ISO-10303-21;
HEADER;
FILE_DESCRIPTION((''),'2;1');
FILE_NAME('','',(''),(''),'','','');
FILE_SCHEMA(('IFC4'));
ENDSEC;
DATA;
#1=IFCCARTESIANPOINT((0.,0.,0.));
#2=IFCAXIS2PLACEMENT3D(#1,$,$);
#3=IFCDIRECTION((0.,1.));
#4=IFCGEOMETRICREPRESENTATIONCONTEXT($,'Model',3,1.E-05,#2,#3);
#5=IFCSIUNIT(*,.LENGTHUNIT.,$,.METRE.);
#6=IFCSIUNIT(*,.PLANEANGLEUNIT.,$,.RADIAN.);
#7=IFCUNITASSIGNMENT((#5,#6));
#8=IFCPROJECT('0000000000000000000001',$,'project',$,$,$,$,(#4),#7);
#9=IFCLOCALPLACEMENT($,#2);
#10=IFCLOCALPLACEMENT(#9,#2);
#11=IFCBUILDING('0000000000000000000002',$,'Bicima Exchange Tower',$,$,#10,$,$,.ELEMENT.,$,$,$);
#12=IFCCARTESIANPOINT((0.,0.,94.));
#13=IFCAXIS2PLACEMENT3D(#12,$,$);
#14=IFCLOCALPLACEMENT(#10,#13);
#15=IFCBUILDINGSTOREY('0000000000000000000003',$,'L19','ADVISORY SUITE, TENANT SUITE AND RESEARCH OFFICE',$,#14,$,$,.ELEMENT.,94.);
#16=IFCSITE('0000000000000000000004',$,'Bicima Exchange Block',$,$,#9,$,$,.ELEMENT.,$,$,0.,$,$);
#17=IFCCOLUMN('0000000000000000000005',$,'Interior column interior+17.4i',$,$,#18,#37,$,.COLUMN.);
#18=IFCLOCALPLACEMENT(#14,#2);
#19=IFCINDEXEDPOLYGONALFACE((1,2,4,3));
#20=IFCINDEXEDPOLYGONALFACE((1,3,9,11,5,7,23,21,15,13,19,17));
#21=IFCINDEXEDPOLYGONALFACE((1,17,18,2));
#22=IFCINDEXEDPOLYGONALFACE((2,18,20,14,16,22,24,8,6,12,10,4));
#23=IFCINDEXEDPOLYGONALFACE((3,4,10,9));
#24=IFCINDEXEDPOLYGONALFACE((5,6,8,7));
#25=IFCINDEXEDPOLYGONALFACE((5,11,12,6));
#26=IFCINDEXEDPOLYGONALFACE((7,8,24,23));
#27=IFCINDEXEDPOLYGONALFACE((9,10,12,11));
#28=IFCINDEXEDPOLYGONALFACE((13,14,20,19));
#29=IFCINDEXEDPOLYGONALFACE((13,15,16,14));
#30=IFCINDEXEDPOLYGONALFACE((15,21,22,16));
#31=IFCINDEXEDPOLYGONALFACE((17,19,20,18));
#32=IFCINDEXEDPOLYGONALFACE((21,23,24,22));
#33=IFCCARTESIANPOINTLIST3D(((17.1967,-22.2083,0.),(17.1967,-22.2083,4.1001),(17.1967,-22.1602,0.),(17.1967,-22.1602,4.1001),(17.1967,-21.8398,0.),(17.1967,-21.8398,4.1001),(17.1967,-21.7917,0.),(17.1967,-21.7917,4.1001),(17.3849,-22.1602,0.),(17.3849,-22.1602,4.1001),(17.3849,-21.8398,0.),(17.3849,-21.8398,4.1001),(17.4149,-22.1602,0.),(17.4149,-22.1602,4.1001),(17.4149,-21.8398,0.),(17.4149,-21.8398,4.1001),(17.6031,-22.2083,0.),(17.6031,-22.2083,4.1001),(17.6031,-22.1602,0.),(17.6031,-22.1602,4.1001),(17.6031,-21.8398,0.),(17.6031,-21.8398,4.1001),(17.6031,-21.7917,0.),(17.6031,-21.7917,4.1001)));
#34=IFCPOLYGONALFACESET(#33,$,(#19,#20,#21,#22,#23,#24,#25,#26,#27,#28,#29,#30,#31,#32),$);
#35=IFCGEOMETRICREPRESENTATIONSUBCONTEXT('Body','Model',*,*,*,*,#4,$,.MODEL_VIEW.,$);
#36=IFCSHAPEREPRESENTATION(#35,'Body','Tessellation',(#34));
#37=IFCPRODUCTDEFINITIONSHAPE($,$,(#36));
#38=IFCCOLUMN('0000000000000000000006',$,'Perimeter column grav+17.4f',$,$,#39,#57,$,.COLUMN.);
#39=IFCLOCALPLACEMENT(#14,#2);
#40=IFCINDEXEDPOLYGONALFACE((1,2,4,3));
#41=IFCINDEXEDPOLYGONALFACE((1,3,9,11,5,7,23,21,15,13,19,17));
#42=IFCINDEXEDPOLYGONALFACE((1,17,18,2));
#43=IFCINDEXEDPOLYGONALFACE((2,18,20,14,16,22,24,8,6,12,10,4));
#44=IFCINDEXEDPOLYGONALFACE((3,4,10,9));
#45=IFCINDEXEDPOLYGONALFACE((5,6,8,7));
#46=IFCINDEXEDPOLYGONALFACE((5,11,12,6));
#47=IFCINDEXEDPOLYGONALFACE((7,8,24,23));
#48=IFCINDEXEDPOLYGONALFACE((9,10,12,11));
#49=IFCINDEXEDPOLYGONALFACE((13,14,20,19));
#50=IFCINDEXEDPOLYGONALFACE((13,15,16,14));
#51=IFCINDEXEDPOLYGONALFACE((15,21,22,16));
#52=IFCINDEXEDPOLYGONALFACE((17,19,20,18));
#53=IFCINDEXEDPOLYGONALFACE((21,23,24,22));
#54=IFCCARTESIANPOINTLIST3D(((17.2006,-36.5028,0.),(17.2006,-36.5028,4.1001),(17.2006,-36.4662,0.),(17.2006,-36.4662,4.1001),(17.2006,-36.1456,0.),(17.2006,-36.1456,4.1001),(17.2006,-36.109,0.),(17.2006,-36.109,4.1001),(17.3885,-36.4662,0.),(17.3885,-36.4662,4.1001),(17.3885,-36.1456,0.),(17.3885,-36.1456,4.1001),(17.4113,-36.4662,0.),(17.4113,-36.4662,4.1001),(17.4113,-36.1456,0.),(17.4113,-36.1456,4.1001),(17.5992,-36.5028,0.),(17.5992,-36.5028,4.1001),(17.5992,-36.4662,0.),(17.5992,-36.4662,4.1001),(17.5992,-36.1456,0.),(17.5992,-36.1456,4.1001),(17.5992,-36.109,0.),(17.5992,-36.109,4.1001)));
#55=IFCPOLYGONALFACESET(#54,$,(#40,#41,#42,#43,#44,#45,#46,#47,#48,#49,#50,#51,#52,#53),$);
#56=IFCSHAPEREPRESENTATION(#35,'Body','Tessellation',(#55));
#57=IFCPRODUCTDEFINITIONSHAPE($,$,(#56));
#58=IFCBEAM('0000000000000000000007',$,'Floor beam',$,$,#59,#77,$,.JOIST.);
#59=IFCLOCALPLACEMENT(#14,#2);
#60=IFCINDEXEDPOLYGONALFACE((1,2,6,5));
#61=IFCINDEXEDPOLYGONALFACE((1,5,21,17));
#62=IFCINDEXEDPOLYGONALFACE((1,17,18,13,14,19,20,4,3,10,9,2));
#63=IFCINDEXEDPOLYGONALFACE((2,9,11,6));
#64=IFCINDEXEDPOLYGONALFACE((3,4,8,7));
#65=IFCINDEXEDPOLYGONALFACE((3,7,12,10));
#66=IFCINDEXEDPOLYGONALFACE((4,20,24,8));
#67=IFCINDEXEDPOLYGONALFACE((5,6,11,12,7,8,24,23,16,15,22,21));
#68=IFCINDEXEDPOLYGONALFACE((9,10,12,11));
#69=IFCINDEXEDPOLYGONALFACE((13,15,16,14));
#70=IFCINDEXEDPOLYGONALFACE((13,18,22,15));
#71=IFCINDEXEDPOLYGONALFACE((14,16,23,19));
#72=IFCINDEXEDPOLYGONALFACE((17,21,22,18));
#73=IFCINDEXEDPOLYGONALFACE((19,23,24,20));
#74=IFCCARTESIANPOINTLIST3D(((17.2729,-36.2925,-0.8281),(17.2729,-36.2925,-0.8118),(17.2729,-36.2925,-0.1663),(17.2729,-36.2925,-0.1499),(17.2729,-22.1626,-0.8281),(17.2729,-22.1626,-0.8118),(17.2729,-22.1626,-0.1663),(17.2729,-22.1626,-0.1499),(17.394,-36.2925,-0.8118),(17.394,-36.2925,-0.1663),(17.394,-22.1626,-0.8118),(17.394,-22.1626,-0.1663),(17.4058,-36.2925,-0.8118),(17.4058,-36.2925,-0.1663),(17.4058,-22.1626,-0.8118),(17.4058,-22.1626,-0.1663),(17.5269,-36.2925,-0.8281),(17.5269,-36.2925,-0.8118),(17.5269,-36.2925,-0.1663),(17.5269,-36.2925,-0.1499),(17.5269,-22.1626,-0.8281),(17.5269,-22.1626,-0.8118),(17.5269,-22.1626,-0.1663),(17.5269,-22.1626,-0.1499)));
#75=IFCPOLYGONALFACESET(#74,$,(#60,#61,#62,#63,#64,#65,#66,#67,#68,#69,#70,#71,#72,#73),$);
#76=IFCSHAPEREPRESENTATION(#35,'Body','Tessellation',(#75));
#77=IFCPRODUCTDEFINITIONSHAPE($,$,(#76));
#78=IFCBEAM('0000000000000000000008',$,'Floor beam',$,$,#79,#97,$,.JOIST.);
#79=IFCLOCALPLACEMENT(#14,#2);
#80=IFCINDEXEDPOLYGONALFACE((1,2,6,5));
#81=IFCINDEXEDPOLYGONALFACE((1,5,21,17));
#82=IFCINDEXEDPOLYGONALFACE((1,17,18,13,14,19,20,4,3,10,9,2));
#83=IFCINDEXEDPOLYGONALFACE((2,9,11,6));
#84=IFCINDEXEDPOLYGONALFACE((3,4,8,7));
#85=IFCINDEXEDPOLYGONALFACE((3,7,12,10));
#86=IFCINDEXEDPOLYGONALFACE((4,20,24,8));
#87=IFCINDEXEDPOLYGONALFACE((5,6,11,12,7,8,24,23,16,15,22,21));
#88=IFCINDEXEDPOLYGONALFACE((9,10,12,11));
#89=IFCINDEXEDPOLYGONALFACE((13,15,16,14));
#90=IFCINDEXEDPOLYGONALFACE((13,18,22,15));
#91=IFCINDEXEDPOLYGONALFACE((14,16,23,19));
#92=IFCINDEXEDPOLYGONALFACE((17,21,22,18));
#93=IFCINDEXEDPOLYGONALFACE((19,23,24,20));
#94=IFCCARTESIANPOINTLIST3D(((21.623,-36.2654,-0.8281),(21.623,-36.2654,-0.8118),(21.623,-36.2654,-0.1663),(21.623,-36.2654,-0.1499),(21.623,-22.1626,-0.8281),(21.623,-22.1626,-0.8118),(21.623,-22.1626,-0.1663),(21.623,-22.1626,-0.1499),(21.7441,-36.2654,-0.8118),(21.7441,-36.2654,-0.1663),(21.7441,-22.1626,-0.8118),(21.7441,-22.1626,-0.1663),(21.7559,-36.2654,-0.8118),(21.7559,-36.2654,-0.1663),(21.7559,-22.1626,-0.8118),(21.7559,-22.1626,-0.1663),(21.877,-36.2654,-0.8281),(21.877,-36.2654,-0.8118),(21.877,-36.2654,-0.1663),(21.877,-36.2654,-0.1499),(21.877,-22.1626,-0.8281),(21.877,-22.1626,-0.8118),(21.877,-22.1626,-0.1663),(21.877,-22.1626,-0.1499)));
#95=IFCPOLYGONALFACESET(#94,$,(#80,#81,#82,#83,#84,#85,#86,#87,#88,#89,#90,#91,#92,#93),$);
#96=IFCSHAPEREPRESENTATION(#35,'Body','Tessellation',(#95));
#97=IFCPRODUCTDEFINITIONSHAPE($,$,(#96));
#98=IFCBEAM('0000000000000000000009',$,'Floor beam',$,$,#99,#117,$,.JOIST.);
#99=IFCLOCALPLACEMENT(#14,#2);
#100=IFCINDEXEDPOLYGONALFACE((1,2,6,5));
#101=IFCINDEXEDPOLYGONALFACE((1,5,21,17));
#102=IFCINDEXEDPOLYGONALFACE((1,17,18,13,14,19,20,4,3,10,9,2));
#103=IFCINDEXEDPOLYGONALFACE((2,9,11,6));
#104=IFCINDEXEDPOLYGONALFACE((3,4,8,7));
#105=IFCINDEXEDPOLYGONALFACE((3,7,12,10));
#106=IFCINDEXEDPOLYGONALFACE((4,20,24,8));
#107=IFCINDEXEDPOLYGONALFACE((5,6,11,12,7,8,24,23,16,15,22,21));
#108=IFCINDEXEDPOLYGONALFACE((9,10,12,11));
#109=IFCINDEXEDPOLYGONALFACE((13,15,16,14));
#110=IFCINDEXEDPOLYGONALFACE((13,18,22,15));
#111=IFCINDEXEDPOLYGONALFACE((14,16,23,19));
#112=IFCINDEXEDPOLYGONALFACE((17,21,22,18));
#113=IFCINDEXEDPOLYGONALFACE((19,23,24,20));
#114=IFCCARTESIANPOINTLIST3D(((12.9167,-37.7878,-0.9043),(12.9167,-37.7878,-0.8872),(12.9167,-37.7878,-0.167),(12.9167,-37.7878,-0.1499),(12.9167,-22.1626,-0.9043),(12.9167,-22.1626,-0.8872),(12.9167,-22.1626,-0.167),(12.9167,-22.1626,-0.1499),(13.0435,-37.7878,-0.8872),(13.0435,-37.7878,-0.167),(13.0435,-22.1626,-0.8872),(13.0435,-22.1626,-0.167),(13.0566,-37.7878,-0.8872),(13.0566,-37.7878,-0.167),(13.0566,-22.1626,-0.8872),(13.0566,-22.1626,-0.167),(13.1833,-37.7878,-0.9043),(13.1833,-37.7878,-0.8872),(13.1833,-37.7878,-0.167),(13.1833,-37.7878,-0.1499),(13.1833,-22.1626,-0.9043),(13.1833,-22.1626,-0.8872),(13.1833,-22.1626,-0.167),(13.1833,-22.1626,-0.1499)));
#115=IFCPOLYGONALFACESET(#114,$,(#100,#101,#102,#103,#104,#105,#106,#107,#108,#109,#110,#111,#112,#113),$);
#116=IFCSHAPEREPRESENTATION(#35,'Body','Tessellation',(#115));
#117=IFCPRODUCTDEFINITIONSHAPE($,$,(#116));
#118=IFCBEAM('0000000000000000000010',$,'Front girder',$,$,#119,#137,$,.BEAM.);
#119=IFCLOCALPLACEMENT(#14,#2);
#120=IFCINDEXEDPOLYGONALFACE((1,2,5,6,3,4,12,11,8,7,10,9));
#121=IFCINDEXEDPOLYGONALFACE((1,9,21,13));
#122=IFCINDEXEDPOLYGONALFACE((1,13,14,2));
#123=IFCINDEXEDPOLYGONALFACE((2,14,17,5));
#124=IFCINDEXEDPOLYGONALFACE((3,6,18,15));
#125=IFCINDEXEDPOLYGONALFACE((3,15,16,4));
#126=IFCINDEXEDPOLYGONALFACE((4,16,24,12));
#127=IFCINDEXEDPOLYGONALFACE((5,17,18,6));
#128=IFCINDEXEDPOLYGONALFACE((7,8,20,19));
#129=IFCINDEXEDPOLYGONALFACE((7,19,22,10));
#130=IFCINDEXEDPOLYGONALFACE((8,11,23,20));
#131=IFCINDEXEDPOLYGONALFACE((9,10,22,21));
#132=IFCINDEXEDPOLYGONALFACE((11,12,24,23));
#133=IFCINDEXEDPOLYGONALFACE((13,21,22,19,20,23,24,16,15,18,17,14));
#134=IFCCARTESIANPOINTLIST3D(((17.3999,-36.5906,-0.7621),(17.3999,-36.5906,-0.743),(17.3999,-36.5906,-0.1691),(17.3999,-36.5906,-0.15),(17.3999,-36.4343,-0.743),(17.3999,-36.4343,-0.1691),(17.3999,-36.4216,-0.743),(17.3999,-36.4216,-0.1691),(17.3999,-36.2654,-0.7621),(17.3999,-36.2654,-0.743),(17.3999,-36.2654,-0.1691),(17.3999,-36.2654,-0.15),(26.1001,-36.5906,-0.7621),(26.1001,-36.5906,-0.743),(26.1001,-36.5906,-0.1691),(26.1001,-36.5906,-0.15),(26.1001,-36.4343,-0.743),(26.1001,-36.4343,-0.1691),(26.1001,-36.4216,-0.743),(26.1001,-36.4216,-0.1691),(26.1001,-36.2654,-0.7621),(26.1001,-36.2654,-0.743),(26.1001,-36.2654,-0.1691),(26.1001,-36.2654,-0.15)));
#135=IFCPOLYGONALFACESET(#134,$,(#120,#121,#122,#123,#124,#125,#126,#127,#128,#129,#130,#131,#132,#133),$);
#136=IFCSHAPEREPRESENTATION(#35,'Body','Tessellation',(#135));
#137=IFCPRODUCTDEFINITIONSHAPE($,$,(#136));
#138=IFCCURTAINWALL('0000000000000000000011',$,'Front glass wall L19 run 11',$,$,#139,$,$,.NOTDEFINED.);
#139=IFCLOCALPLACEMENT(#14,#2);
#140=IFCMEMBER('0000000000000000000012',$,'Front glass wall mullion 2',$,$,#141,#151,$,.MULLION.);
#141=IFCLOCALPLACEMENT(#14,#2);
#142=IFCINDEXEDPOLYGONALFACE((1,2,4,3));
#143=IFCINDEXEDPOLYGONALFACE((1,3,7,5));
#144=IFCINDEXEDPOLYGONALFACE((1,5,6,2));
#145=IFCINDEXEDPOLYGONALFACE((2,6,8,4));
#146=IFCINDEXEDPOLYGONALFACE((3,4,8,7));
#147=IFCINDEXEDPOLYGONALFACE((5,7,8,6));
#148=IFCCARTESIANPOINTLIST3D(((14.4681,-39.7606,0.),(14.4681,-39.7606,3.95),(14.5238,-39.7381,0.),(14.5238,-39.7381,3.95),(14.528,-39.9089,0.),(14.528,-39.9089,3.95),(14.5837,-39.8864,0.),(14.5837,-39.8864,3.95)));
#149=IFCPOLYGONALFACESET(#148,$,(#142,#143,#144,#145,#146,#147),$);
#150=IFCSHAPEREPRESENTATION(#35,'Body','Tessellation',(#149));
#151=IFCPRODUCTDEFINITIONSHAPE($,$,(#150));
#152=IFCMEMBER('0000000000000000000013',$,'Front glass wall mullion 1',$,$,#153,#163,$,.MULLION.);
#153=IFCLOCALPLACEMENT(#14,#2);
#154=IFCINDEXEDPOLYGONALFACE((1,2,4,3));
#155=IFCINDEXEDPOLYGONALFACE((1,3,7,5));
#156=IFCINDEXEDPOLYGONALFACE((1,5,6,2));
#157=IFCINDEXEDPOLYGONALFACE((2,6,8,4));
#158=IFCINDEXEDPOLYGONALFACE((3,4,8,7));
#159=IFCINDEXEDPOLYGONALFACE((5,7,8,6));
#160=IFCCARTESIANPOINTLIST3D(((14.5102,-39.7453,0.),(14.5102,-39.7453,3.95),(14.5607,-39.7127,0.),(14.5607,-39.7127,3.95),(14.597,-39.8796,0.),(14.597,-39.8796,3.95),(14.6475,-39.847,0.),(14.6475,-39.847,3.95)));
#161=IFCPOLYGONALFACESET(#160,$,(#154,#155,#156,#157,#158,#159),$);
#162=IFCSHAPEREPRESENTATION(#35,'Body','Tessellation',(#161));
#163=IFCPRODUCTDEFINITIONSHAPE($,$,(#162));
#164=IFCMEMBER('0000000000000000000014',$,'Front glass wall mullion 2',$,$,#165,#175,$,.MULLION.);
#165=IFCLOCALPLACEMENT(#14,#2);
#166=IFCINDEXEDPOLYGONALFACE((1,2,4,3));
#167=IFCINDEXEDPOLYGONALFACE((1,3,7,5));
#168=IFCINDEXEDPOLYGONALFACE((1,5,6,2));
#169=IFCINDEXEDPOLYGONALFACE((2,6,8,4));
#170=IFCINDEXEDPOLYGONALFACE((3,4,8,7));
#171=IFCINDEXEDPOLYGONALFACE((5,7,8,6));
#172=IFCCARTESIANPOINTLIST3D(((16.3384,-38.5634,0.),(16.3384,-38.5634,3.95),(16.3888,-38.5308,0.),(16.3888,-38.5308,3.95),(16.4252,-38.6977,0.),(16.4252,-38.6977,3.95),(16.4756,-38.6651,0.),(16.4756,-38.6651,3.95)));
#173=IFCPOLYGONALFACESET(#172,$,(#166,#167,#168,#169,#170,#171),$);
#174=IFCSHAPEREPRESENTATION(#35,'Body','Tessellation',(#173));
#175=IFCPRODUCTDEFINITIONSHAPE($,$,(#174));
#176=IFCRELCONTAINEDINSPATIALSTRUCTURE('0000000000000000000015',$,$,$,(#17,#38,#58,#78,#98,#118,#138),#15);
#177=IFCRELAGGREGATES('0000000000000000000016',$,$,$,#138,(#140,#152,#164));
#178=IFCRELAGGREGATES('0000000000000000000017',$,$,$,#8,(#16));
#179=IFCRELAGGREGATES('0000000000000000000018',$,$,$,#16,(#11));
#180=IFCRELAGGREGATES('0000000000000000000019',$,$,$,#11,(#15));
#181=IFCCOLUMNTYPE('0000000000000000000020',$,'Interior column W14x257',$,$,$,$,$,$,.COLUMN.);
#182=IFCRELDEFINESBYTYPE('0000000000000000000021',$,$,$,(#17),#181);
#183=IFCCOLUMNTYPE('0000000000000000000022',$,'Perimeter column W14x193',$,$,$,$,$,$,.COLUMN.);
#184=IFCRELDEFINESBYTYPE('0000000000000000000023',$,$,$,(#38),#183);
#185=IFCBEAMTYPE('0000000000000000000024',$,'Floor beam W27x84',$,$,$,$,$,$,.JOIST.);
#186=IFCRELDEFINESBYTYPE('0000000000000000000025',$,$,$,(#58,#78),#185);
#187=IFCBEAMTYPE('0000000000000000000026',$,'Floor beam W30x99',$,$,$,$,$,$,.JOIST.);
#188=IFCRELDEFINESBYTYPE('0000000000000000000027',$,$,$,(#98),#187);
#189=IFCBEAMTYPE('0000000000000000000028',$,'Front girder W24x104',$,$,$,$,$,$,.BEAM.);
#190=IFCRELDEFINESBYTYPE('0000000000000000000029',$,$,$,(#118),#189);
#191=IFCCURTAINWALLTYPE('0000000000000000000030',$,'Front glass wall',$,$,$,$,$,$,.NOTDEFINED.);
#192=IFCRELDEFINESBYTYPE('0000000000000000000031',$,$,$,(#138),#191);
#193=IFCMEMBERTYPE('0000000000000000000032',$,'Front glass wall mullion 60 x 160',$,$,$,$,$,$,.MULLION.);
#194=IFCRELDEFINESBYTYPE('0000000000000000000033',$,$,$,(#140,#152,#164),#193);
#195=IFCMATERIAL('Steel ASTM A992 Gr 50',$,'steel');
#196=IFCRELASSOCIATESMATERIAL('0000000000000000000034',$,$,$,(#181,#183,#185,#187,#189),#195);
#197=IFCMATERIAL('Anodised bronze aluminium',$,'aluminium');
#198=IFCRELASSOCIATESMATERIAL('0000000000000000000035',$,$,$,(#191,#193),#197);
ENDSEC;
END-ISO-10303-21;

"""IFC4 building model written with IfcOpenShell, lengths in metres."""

from ifc_helpers import new_model, si_unit, direction, frame, origin, origin_2d, place, context, subcontext, project, spatial, rectangle, i_section, extrude, material, material_profile, profile_set, type_object, element, aggregate, save


model = new_model("IFC4")

# Units and contexts
model_context = context("Model", 3, precision=1e-05, world=origin(), true_north=direction((0.0, 1.0)))
body_context = subcontext(model_context, "Body", "Model", "MODEL_VIEW")
ifc_project = project(units=[si_unit("LENGTHUNIT", "METRE"), si_unit("PLANEANGLEUNIT", "RADIAN")], contexts=[model_context])

# Site, building, storey
site_placement = place(None, origin())
site = spatial("IfcSite", under=ifc_project, at=site_placement, Name="Bicima Exchange Block", CompositionType="ELEMENT", RefElevation=0.0)
building_placement = place(site_placement, origin())
building = spatial("IfcBuilding", under=site, at=building_placement, Name="Bicima Exchange Tower", CompositionType="ELEMENT")
storey_placement = place(building_placement, frame((0.0, 0.0, 94.0)))
storey = spatial("IfcBuildingStorey", under=building, at=storey_placement, Name="L19", Description="ADVISORY SUITE, TENANT SUITE AND RESEARCH OFFICE", CompositionType="ELEMENT", Elevation=94.0)

# Columns
ifc_material_1 = material(Name="Steel ASTM A992 Gr 50", Category="steel")
ifc_material_profile_1 = material_profile(ifc_material_1, i_section(OverallWidth=0.4065, OverallDepth=0.4165, WebThickness=0.03, FlangeThickness=0.0481, at=origin_2d()))
ifc_profile_set_1 = profile_set([ifc_material_profile_1], Name="Steel ASTM A992 Gr 50")
column_type_1 = type_object("IfcColumnType", Name="Interior column W14x257", PredefinedType="COLUMN", material=ifc_profile_set_1)
column_1_placement = place(storey_placement, frame((17.3999, -22.0, 0.0), z_axis=(0.0, 0.0, 1.0), x_axis=(1.0, 0.0, 0.0)))
element("IfcColumn", 1, at=column_1_placement, inside=storey, type_object=column_type_1, Name="Interior column interior+17.4i", PredefinedType="COLUMN", context=body_context, shape_type="SweptSolid", body=[
    extrude(i_section(OverallWidth=0.4065, OverallDepth=0.4165, WebThickness=0.03, FlangeThickness=0.0481, at=origin_2d()), origin(), (0.0, 0.0, 1.0), 4.1001),
])
ifc_material_profile_2 = material_profile(ifc_material_1, i_section(OverallWidth=0.3987, OverallDepth=0.3938, WebThickness=0.0227, FlangeThickness=0.0366, at=origin_2d()))
ifc_profile_set_2 = profile_set([ifc_material_profile_2], Name="Steel ASTM A992 Gr 50")
column_type_2 = type_object("IfcColumnType", Name="Perimeter column W14x193", PredefinedType="COLUMN", material=ifc_profile_set_2)
column_2_placement = place(storey_placement, frame((17.3999, -36.3059, 0.0), z_axis=(0.0, 0.0, 1.0), x_axis=(1.0, 0.0, 0.0)))
element("IfcColumn", 2, at=column_2_placement, inside=storey, type_object=column_type_2, Name="Perimeter column grav+17.4f", PredefinedType="COLUMN", context=body_context, shape_type="SweptSolid", body=[
    extrude(i_section(OverallWidth=0.3987, OverallDepth=0.3938, WebThickness=0.0227, FlangeThickness=0.0366, at=origin_2d()), origin(), (0.0, 0.0, 1.0), 4.1001),
])

# Beams
ifc_material_profile_3 = material_profile(ifc_material_1, i_section(OverallWidth=0.2539, OverallDepth=0.6782, WebThickness=0.0117, FlangeThickness=0.0164, at=origin_2d()))
ifc_profile_set_3 = profile_set([ifc_material_profile_3], Name="Steel ASTM A992 Gr 50")
beam_type_1 = type_object("IfcBeamType", Name="Floor beam W27x84", PredefinedType="JOIST", material=ifc_profile_set_3)
beam_1_placement = place(storey_placement, frame((17.3999, -22.1626, -0.489), z_axis=(0.0, -1.0, 0.0), x_axis=(1.0, 0.0, 0.0)))
element("IfcBeam", 3, at=beam_1_placement, inside=storey, type_object=beam_type_1, Name="Floor beam", PredefinedType="JOIST", context=body_context, shape_type="SweptSolid", body=[
    extrude(i_section(OverallWidth=0.2539, OverallDepth=0.6782, WebThickness=0.0117, FlangeThickness=0.0164, at=origin_2d()), origin(), (0.0, 0.0, 1.0), 14.1299),
])
beam_2_placement = place(storey_placement, frame((21.75, -22.1626, -0.489), z_axis=(0.0, -1.0, 0.0), x_axis=(1.0, 0.0, 0.0)))
element("IfcBeam", 4, at=beam_2_placement, inside=storey, type_object=beam_type_1, Name="Floor beam", PredefinedType="JOIST", context=body_context, shape_type="SweptSolid", body=[
    extrude(i_section(OverallWidth=0.2539, OverallDepth=0.6782, WebThickness=0.0117, FlangeThickness=0.0164, at=origin_2d()), origin(), (0.0, 0.0, 1.0), 14.1028),
])
ifc_material_profile_4 = material_profile(ifc_material_1, i_section(OverallWidth=0.2666, OverallDepth=0.7544, WebThickness=0.0132, FlangeThickness=0.0171, at=origin_2d()))
ifc_profile_set_4 = profile_set([ifc_material_profile_4], Name="Steel ASTM A992 Gr 50")
beam_type_2 = type_object("IfcBeamType", Name="Floor beam W30x99", PredefinedType="JOIST", material=ifc_profile_set_4)
beam_3_placement = place(storey_placement, frame((13.05, -22.1626, -0.5271), z_axis=(0.0, -1.0, 0.0), x_axis=(1.0, 0.0, 0.0)))
element("IfcBeam", 5, at=beam_3_placement, inside=storey, type_object=beam_type_2, Name="Floor beam", PredefinedType="JOIST", context=body_context, shape_type="SweptSolid", body=[
    extrude(i_section(OverallWidth=0.2666, OverallDepth=0.7544, WebThickness=0.0132, FlangeThickness=0.0171, at=origin_2d()), origin(), (0.0, 0.0, 1.0), 15.6252),
])
ifc_material_profile_5 = material_profile(ifc_material_1, i_section(OverallWidth=0.3252, OverallDepth=0.6121, WebThickness=0.0127, FlangeThickness=0.019, at=origin_2d()))
ifc_profile_set_5 = profile_set([ifc_material_profile_5], Name="Steel ASTM A992 Gr 50")
beam_type_3 = type_object("IfcBeamType", Name="Front girder W24x104", PredefinedType="BEAM", material=ifc_profile_set_5)
beam_4_placement = place(storey_placement, frame((17.3999, -36.428, -0.4561), z_axis=(1.0, 0.0, 0.0), x_axis=(0.0, 1.0, 0.0)))
element("IfcBeam", 6, at=beam_4_placement, inside=storey, type_object=beam_type_3, Name="Front girder", PredefinedType="BEAM", context=body_context, shape_type="SweptSolid", body=[
    extrude(i_section(OverallWidth=0.3252, OverallDepth=0.6121, WebThickness=0.0127, FlangeThickness=0.019, at=origin_2d()), origin(), (0.0, 0.0, 1.0), 8.7002),
])

# Curtain wall, members
ifc_material_2 = material(Name="Anodised bronze aluminium", Category="aluminium")
curtain_wall_type = type_object("IfcCurtainWallType", Name="Front glass wall", PredefinedType="NOTDEFINED", material=ifc_material_2)
curtain_wall_1_placement = place(storey_placement, origin())
curtain_wall_1 = element("IfcCurtainWall", 7, at=curtain_wall_1_placement, inside=storey, type_object=curtain_wall_type, Name="Front glass wall L19 run 11", PredefinedType="NOTDEFINED")
ifc_material_profile_6 = material_profile(ifc_material_2, rectangle(XDim=0.1599, YDim=0.0601, at=origin_2d()))
ifc_profile_set_6 = profile_set([ifc_material_profile_6], Name="Anodised bronze aluminium")
member_type_1 = type_object("IfcMemberType", Name="Front glass wall mullion 60 x 160", PredefinedType="MULLION", material=ifc_profile_set_6)
member_1_placement = place(storey_placement, frame((14.5259, -39.8235, 0.0), z_axis=(0.0, 0.0, 1.0), x_axis=(-0.374705, 0.927144, 0.0)))
member_1 = element("IfcMember", 8, at=member_1_placement, type_object=member_type_1, Name="Front glass wall mullion 2", PredefinedType="MULLION", context=body_context, shape_type="SweptSolid", body=[
    extrude(rectangle(XDim=0.1599, YDim=0.0601, at=origin_2d()), origin(), (0.0, 0.0, 1.0), 3.95),
])
member_2_placement = place(storey_placement, frame((14.5789, -39.7961, 0.0), z_axis=(0.0, 0.0, 1.0), x_axis=(-0.542909, 0.839791, 0.0)))
member_2 = element("IfcMember", 9, at=member_2_placement, type_object=member_type_1, Name="Front glass wall mullion 1", PredefinedType="MULLION", context=body_context, shape_type="SweptSolid", body=[
    extrude(rectangle(XDim=0.1599, YDim=0.0601, at=origin_2d()), origin(), (0.0, 0.0, 1.0), 3.95),
])
member_3_placement = place(storey_placement, frame((16.407, -38.6143, 0.0), z_axis=(0.0, 0.0, 1.0), x_axis=(-0.542909, 0.839791, 0.0)))
member_3 = element("IfcMember", 10, at=member_3_placement, type_object=member_type_1, Name="Front glass wall mullion 2", PredefinedType="MULLION", context=body_context, shape_type="SweptSolid", body=[
    extrude(rectangle(XDim=0.1599, YDim=0.0601, at=origin_2d()), origin(), (0.0, 0.0, 1.0), 3.95),
])

aggregate(curtain_wall_1, [member_1, member_2, member_3])

save(model, "model.ifc")
